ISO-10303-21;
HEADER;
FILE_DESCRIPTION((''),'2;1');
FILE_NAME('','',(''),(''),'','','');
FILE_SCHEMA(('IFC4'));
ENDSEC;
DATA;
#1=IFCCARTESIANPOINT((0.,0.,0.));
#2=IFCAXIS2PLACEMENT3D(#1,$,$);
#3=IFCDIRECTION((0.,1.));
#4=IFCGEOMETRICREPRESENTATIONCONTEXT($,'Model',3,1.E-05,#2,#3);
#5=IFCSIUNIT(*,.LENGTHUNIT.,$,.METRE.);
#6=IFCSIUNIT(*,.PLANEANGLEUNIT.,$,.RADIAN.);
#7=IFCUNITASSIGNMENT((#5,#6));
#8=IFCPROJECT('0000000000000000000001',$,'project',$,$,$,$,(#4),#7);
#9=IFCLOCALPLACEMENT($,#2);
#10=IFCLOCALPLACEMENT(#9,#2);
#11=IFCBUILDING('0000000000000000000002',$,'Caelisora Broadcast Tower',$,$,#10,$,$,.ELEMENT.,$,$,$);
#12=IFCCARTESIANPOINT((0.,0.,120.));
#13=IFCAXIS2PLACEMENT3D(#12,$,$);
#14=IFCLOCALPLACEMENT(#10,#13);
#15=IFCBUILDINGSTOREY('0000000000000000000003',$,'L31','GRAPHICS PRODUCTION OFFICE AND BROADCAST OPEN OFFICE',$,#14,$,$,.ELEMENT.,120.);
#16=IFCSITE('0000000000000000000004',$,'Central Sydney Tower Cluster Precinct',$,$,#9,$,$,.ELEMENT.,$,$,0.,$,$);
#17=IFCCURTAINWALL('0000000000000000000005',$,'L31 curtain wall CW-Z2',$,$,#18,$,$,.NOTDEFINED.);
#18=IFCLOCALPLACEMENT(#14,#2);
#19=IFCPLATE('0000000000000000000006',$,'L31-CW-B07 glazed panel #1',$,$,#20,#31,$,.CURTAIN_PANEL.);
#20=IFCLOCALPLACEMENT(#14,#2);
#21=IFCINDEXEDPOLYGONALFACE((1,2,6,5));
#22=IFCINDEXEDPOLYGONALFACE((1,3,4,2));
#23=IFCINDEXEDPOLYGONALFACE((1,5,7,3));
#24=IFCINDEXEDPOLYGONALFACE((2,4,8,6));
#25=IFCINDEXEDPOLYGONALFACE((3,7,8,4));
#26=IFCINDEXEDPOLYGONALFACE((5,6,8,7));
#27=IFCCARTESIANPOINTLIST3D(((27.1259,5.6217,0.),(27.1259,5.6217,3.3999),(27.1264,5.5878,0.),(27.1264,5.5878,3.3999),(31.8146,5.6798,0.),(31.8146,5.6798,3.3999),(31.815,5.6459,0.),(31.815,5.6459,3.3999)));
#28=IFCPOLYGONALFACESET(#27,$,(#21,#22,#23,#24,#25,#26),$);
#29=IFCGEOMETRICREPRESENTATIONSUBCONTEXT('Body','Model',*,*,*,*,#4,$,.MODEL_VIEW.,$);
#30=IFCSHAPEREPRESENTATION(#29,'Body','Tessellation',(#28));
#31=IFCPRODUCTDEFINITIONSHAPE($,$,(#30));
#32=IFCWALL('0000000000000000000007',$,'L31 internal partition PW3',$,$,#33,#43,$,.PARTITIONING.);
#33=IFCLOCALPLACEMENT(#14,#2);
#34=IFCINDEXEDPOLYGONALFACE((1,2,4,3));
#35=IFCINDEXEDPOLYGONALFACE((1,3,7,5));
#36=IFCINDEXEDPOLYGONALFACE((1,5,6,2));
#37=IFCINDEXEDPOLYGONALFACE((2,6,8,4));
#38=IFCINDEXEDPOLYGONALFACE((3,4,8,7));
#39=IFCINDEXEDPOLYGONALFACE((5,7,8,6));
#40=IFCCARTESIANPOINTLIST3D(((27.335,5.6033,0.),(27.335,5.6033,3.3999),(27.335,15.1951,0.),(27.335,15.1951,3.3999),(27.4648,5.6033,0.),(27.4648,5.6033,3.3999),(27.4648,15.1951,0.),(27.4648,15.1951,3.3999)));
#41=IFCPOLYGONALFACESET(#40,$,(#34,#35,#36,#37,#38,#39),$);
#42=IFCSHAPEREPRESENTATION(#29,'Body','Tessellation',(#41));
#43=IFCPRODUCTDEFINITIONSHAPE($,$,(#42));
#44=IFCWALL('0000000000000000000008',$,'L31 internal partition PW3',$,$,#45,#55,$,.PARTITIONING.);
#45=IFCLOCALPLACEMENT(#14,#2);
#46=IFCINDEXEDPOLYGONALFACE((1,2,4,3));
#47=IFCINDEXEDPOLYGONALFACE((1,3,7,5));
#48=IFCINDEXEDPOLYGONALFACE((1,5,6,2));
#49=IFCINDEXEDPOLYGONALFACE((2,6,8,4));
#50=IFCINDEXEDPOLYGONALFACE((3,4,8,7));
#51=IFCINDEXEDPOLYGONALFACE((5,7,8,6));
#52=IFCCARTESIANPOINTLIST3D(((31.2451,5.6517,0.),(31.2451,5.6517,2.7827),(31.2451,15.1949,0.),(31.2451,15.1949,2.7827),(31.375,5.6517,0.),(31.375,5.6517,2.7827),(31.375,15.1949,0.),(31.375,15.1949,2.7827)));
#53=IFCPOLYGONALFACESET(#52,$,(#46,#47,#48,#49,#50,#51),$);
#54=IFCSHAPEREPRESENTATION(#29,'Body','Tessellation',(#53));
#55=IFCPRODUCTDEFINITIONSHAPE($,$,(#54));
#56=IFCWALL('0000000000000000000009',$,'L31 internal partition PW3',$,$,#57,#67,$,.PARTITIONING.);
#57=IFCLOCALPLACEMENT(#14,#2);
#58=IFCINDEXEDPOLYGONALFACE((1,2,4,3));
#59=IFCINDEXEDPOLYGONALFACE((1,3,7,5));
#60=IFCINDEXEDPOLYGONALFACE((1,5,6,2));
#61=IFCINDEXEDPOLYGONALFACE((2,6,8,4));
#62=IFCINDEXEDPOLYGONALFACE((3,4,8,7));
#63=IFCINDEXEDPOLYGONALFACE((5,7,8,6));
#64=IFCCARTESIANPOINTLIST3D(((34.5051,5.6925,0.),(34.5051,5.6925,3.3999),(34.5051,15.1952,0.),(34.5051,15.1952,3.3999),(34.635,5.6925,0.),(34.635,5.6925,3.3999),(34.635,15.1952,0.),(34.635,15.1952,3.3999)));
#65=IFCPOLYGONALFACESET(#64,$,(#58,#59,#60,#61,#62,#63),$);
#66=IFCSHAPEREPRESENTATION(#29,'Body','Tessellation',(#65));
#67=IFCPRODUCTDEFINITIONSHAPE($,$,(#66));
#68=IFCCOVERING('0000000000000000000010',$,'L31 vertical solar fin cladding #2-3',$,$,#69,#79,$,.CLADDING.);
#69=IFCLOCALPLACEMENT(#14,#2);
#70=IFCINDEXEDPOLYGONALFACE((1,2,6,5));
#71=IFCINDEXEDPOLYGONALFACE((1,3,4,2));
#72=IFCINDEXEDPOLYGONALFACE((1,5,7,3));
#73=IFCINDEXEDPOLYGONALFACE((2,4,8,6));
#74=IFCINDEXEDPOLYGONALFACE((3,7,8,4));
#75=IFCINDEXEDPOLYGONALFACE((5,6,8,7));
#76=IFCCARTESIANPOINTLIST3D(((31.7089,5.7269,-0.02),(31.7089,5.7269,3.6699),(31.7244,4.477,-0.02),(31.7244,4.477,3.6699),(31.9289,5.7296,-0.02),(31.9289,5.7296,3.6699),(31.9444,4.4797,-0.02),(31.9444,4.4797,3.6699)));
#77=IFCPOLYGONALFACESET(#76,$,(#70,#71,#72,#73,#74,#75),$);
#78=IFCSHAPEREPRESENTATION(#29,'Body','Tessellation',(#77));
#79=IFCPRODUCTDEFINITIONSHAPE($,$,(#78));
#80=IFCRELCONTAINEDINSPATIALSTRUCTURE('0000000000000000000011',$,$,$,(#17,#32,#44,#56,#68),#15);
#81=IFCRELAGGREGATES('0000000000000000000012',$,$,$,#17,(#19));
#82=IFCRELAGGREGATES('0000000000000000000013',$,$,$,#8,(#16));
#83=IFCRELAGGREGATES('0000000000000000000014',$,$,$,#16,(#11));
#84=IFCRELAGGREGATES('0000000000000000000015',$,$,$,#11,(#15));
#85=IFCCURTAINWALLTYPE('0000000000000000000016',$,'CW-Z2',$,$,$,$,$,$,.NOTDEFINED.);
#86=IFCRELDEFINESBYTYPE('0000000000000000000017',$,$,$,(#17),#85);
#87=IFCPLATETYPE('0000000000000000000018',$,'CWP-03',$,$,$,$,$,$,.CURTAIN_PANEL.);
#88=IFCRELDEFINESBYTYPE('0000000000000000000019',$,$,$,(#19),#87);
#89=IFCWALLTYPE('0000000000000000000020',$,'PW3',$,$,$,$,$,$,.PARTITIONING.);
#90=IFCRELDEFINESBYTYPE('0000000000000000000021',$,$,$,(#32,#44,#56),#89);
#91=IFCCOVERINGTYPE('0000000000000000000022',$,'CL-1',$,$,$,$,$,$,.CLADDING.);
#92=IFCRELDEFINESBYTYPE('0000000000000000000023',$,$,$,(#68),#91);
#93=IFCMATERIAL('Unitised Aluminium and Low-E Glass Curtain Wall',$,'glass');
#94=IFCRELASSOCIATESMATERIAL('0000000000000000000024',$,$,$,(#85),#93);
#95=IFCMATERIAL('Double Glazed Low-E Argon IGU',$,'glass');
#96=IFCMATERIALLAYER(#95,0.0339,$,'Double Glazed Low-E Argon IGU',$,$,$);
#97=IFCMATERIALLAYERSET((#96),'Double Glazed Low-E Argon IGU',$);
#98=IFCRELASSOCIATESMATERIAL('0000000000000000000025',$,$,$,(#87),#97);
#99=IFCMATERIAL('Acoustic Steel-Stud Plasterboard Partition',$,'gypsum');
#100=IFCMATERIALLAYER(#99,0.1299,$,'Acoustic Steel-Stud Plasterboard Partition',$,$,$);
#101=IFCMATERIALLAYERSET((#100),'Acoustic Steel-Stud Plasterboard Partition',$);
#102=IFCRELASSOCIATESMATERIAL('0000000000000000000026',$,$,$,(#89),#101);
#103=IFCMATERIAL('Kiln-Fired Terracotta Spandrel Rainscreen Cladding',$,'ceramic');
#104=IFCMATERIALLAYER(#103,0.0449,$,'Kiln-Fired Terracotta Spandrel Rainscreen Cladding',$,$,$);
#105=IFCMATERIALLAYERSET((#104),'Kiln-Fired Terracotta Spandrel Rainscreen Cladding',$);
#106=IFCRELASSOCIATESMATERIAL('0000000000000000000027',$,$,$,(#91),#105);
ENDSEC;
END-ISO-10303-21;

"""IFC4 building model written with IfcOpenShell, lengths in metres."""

from ifc_helpers import new_model, si_unit, direction, frame, frame_2d, origin, origin_2d, place, context, subcontext, project, spatial, rectangle, extrude, source, transform, mapped, material, layer, layer_set, type_object, type_shapes, element, aggregate, save


model = new_model("IFC4")

# Units and contexts
model_context = context("Model", 3, precision=1e-05, world=origin(), true_north=direction((0.0, 1.0)))
body_context = subcontext(model_context, "Body", "Model", "MODEL_VIEW")
ifc_project = project(units=[si_unit("LENGTHUNIT", "METRE"), si_unit("PLANEANGLEUNIT", "RADIAN")], contexts=[model_context])

# Site, building, storey
site_placement = place(None, origin())
site = spatial("IfcSite", under=ifc_project, at=site_placement, Name="Central Sydney Tower Cluster Precinct", CompositionType="ELEMENT", RefElevation=0.0)
building_placement = place(site_placement, origin())
building = spatial("IfcBuilding", under=site, at=building_placement, Name="Caelisora Broadcast Tower", CompositionType="ELEMENT")
storey_placement = place(building_placement, frame((0.0, 0.0, 120.0)))
storey = spatial("IfcBuildingStorey", under=building, at=storey_placement, Name="L31", Description="GRAPHICS PRODUCTION OFFICE AND BROADCAST OPEN OFFICE", CompositionType="ELEMENT", Elevation=120.0)

# Curtain wall
ifc_material_1 = material(Name="Unitised Aluminium and Low-E Glass Curtain Wall", Category="glass")
curtain_wall_type_1 = type_object("IfcCurtainWallType", Name="CW-Z2", PredefinedType="NOTDEFINED", material=ifc_material_1)
curtain_wall_1_placement = place(storey_placement, origin())
curtain_wall_1 = element("IfcCurtainWall", 1, at=curtain_wall_1_placement, inside=storey, type_object=curtain_wall_type_1, Name="L31 curtain wall CW-Z2", PredefinedType="NOTDEFINED")

# Plate
ifc_material_2 = material(Name="Double Glazed Low-E Argon IGU", Category="glass")
ifc_layer_1 = layer(ifc_material_2, 0.0339, Name="Double Glazed Low-E Argon IGU")
ifc_layer_set_1 = layer_set([ifc_layer_1], Name="Double Glazed Low-E Argon IGU")
plate_type_1 = type_object("IfcPlateType", Name="CWP-03", PredefinedType="CURTAIN_PANEL", material=ifc_layer_set_1)
shared_shape_1 = source(origin(), body_context, "Body", "SweptSolid", [
    extrude(rectangle(XDim=4.689, YDim=0.0339, at=origin_2d()), origin(), (0.0, 0.0, 1.0), 3.3999),
])
type_shapes(plate_type_1, [shared_shape_1])
plate_1_placement = place(storey_placement, frame((29.4705, 5.6338, 0.0), z_axis=(0.0, 0.0, 1.0), x_axis=(-0.999923, -0.012392, 0.0)))
plate_1 = element("IfcPlate", 2, at=plate_1_placement, type_object=plate_type_1, Name="L31-CW-B07 glazed panel #1", PredefinedType="CURTAIN_PANEL", context=body_context, shape_type="MappedRepresentation", body=[
    mapped(shared_shape_1, transform((0.0, 0.0, 0.0), scale=1.0)),
])
aggregate(curtain_wall_1, [plate_1])

# Walls
ifc_material_3 = material(Name="Acoustic Steel-Stud Plasterboard Partition", Category="gypsum")
ifc_layer_2 = layer(ifc_material_3, 0.1299, Name="Acoustic Steel-Stud Plasterboard Partition")
ifc_layer_set_2 = layer_set([ifc_layer_2], Name="Acoustic Steel-Stud Plasterboard Partition")
wall_type = type_object("IfcWallType", Name="PW3", PredefinedType="PARTITIONING", material=ifc_layer_set_2)
wall_1_placement = place(storey_placement, frame((27.3999, 5.6033, 0.0), z_axis=(0.0, 0.0, 1.0), x_axis=(0.0, 1.0, 0.0)))
element("IfcWall", 3, at=wall_1_placement, inside=storey, type_object=wall_type, Name="L31 internal partition PW3", PredefinedType="PARTITIONING", context=body_context, shape_type="SweptSolid", body=[
    extrude(rectangle(XDim=9.5918, YDim=0.1299, at=frame_2d((4.7959, 0.0))), origin(), (0.0, 0.0, 1.0), 3.3999),
])
wall_2_placement = place(storey_placement, frame((31.3101, 5.6519, 0.0), z_axis=(0.0, 0.0, 1.0), x_axis=(0.0, 1.0, 0.0)))
element("IfcWall", 4, at=wall_2_placement, inside=storey, type_object=wall_type, Name="L31 internal partition PW3", PredefinedType="PARTITIONING", context=body_context, shape_type="SweptSolid", body=[
    extrude(rectangle(XDim=9.5432, YDim=0.1299, at=frame_2d((4.7715, 0.0))), origin(), (0.0, 0.0, 1.0), 2.7827),
])
wall_3_placement = place(storey_placement, frame((34.5701, 5.6924, 0.0), z_axis=(0.0, 0.0, 1.0), x_axis=(0.0, 1.0, 0.0)))
element("IfcWall", 5, at=wall_3_placement, inside=storey, type_object=wall_type, Name="L31 internal partition PW3", PredefinedType="PARTITIONING", context=body_context, shape_type="SweptSolid", body=[
    extrude(rectangle(XDim=9.5027, YDim=0.1299, at=frame_2d((4.7515, 0.0))), origin(), (0.0, 0.0, 1.0), 3.3999),
])

# Covering
ifc_material_4 = material(Name="Kiln-Fired Terracotta Spandrel Rainscreen Cladding", Category="ceramic")
ifc_layer_3 = layer(ifc_material_4, 0.0449, Name="Kiln-Fired Terracotta Spandrel Rainscreen Cladding")
ifc_layer_set_3 = layer_set([ifc_layer_3], Name="Kiln-Fired Terracotta Spandrel Rainscreen Cladding")
covering_type = type_object("IfcCoveringType", Name="CL-1", PredefinedType="CLADDING", material=ifc_layer_set_3)
shared_shape_2 = source(origin(), body_context, "Body", "SweptSolid", [
    extrude(rectangle(XDim=0.22, YDim=1.25, at=origin_2d()), origin(), (0.0, 0.0, 1.0), 3.6899),
])
type_shapes(covering_type, [shared_shape_2])
covering_placement = place(storey_placement, frame((31.8267, 5.1033, -0.02), z_axis=(0.0, 0.0, 1.0), x_axis=(-0.999923, -0.012392, 0.0)))
element("IfcCovering", 6, at=covering_placement, inside=storey, type_object=covering_type, Name="L31 vertical solar fin cladding #2-3", PredefinedType="CLADDING", context=body_context, shape_type="MappedRepresentation", body=[
    mapped(shared_shape_2, transform((0.0, 0.0, 0.0), scale=1.0)),
])

save(model, "model.ifc")
